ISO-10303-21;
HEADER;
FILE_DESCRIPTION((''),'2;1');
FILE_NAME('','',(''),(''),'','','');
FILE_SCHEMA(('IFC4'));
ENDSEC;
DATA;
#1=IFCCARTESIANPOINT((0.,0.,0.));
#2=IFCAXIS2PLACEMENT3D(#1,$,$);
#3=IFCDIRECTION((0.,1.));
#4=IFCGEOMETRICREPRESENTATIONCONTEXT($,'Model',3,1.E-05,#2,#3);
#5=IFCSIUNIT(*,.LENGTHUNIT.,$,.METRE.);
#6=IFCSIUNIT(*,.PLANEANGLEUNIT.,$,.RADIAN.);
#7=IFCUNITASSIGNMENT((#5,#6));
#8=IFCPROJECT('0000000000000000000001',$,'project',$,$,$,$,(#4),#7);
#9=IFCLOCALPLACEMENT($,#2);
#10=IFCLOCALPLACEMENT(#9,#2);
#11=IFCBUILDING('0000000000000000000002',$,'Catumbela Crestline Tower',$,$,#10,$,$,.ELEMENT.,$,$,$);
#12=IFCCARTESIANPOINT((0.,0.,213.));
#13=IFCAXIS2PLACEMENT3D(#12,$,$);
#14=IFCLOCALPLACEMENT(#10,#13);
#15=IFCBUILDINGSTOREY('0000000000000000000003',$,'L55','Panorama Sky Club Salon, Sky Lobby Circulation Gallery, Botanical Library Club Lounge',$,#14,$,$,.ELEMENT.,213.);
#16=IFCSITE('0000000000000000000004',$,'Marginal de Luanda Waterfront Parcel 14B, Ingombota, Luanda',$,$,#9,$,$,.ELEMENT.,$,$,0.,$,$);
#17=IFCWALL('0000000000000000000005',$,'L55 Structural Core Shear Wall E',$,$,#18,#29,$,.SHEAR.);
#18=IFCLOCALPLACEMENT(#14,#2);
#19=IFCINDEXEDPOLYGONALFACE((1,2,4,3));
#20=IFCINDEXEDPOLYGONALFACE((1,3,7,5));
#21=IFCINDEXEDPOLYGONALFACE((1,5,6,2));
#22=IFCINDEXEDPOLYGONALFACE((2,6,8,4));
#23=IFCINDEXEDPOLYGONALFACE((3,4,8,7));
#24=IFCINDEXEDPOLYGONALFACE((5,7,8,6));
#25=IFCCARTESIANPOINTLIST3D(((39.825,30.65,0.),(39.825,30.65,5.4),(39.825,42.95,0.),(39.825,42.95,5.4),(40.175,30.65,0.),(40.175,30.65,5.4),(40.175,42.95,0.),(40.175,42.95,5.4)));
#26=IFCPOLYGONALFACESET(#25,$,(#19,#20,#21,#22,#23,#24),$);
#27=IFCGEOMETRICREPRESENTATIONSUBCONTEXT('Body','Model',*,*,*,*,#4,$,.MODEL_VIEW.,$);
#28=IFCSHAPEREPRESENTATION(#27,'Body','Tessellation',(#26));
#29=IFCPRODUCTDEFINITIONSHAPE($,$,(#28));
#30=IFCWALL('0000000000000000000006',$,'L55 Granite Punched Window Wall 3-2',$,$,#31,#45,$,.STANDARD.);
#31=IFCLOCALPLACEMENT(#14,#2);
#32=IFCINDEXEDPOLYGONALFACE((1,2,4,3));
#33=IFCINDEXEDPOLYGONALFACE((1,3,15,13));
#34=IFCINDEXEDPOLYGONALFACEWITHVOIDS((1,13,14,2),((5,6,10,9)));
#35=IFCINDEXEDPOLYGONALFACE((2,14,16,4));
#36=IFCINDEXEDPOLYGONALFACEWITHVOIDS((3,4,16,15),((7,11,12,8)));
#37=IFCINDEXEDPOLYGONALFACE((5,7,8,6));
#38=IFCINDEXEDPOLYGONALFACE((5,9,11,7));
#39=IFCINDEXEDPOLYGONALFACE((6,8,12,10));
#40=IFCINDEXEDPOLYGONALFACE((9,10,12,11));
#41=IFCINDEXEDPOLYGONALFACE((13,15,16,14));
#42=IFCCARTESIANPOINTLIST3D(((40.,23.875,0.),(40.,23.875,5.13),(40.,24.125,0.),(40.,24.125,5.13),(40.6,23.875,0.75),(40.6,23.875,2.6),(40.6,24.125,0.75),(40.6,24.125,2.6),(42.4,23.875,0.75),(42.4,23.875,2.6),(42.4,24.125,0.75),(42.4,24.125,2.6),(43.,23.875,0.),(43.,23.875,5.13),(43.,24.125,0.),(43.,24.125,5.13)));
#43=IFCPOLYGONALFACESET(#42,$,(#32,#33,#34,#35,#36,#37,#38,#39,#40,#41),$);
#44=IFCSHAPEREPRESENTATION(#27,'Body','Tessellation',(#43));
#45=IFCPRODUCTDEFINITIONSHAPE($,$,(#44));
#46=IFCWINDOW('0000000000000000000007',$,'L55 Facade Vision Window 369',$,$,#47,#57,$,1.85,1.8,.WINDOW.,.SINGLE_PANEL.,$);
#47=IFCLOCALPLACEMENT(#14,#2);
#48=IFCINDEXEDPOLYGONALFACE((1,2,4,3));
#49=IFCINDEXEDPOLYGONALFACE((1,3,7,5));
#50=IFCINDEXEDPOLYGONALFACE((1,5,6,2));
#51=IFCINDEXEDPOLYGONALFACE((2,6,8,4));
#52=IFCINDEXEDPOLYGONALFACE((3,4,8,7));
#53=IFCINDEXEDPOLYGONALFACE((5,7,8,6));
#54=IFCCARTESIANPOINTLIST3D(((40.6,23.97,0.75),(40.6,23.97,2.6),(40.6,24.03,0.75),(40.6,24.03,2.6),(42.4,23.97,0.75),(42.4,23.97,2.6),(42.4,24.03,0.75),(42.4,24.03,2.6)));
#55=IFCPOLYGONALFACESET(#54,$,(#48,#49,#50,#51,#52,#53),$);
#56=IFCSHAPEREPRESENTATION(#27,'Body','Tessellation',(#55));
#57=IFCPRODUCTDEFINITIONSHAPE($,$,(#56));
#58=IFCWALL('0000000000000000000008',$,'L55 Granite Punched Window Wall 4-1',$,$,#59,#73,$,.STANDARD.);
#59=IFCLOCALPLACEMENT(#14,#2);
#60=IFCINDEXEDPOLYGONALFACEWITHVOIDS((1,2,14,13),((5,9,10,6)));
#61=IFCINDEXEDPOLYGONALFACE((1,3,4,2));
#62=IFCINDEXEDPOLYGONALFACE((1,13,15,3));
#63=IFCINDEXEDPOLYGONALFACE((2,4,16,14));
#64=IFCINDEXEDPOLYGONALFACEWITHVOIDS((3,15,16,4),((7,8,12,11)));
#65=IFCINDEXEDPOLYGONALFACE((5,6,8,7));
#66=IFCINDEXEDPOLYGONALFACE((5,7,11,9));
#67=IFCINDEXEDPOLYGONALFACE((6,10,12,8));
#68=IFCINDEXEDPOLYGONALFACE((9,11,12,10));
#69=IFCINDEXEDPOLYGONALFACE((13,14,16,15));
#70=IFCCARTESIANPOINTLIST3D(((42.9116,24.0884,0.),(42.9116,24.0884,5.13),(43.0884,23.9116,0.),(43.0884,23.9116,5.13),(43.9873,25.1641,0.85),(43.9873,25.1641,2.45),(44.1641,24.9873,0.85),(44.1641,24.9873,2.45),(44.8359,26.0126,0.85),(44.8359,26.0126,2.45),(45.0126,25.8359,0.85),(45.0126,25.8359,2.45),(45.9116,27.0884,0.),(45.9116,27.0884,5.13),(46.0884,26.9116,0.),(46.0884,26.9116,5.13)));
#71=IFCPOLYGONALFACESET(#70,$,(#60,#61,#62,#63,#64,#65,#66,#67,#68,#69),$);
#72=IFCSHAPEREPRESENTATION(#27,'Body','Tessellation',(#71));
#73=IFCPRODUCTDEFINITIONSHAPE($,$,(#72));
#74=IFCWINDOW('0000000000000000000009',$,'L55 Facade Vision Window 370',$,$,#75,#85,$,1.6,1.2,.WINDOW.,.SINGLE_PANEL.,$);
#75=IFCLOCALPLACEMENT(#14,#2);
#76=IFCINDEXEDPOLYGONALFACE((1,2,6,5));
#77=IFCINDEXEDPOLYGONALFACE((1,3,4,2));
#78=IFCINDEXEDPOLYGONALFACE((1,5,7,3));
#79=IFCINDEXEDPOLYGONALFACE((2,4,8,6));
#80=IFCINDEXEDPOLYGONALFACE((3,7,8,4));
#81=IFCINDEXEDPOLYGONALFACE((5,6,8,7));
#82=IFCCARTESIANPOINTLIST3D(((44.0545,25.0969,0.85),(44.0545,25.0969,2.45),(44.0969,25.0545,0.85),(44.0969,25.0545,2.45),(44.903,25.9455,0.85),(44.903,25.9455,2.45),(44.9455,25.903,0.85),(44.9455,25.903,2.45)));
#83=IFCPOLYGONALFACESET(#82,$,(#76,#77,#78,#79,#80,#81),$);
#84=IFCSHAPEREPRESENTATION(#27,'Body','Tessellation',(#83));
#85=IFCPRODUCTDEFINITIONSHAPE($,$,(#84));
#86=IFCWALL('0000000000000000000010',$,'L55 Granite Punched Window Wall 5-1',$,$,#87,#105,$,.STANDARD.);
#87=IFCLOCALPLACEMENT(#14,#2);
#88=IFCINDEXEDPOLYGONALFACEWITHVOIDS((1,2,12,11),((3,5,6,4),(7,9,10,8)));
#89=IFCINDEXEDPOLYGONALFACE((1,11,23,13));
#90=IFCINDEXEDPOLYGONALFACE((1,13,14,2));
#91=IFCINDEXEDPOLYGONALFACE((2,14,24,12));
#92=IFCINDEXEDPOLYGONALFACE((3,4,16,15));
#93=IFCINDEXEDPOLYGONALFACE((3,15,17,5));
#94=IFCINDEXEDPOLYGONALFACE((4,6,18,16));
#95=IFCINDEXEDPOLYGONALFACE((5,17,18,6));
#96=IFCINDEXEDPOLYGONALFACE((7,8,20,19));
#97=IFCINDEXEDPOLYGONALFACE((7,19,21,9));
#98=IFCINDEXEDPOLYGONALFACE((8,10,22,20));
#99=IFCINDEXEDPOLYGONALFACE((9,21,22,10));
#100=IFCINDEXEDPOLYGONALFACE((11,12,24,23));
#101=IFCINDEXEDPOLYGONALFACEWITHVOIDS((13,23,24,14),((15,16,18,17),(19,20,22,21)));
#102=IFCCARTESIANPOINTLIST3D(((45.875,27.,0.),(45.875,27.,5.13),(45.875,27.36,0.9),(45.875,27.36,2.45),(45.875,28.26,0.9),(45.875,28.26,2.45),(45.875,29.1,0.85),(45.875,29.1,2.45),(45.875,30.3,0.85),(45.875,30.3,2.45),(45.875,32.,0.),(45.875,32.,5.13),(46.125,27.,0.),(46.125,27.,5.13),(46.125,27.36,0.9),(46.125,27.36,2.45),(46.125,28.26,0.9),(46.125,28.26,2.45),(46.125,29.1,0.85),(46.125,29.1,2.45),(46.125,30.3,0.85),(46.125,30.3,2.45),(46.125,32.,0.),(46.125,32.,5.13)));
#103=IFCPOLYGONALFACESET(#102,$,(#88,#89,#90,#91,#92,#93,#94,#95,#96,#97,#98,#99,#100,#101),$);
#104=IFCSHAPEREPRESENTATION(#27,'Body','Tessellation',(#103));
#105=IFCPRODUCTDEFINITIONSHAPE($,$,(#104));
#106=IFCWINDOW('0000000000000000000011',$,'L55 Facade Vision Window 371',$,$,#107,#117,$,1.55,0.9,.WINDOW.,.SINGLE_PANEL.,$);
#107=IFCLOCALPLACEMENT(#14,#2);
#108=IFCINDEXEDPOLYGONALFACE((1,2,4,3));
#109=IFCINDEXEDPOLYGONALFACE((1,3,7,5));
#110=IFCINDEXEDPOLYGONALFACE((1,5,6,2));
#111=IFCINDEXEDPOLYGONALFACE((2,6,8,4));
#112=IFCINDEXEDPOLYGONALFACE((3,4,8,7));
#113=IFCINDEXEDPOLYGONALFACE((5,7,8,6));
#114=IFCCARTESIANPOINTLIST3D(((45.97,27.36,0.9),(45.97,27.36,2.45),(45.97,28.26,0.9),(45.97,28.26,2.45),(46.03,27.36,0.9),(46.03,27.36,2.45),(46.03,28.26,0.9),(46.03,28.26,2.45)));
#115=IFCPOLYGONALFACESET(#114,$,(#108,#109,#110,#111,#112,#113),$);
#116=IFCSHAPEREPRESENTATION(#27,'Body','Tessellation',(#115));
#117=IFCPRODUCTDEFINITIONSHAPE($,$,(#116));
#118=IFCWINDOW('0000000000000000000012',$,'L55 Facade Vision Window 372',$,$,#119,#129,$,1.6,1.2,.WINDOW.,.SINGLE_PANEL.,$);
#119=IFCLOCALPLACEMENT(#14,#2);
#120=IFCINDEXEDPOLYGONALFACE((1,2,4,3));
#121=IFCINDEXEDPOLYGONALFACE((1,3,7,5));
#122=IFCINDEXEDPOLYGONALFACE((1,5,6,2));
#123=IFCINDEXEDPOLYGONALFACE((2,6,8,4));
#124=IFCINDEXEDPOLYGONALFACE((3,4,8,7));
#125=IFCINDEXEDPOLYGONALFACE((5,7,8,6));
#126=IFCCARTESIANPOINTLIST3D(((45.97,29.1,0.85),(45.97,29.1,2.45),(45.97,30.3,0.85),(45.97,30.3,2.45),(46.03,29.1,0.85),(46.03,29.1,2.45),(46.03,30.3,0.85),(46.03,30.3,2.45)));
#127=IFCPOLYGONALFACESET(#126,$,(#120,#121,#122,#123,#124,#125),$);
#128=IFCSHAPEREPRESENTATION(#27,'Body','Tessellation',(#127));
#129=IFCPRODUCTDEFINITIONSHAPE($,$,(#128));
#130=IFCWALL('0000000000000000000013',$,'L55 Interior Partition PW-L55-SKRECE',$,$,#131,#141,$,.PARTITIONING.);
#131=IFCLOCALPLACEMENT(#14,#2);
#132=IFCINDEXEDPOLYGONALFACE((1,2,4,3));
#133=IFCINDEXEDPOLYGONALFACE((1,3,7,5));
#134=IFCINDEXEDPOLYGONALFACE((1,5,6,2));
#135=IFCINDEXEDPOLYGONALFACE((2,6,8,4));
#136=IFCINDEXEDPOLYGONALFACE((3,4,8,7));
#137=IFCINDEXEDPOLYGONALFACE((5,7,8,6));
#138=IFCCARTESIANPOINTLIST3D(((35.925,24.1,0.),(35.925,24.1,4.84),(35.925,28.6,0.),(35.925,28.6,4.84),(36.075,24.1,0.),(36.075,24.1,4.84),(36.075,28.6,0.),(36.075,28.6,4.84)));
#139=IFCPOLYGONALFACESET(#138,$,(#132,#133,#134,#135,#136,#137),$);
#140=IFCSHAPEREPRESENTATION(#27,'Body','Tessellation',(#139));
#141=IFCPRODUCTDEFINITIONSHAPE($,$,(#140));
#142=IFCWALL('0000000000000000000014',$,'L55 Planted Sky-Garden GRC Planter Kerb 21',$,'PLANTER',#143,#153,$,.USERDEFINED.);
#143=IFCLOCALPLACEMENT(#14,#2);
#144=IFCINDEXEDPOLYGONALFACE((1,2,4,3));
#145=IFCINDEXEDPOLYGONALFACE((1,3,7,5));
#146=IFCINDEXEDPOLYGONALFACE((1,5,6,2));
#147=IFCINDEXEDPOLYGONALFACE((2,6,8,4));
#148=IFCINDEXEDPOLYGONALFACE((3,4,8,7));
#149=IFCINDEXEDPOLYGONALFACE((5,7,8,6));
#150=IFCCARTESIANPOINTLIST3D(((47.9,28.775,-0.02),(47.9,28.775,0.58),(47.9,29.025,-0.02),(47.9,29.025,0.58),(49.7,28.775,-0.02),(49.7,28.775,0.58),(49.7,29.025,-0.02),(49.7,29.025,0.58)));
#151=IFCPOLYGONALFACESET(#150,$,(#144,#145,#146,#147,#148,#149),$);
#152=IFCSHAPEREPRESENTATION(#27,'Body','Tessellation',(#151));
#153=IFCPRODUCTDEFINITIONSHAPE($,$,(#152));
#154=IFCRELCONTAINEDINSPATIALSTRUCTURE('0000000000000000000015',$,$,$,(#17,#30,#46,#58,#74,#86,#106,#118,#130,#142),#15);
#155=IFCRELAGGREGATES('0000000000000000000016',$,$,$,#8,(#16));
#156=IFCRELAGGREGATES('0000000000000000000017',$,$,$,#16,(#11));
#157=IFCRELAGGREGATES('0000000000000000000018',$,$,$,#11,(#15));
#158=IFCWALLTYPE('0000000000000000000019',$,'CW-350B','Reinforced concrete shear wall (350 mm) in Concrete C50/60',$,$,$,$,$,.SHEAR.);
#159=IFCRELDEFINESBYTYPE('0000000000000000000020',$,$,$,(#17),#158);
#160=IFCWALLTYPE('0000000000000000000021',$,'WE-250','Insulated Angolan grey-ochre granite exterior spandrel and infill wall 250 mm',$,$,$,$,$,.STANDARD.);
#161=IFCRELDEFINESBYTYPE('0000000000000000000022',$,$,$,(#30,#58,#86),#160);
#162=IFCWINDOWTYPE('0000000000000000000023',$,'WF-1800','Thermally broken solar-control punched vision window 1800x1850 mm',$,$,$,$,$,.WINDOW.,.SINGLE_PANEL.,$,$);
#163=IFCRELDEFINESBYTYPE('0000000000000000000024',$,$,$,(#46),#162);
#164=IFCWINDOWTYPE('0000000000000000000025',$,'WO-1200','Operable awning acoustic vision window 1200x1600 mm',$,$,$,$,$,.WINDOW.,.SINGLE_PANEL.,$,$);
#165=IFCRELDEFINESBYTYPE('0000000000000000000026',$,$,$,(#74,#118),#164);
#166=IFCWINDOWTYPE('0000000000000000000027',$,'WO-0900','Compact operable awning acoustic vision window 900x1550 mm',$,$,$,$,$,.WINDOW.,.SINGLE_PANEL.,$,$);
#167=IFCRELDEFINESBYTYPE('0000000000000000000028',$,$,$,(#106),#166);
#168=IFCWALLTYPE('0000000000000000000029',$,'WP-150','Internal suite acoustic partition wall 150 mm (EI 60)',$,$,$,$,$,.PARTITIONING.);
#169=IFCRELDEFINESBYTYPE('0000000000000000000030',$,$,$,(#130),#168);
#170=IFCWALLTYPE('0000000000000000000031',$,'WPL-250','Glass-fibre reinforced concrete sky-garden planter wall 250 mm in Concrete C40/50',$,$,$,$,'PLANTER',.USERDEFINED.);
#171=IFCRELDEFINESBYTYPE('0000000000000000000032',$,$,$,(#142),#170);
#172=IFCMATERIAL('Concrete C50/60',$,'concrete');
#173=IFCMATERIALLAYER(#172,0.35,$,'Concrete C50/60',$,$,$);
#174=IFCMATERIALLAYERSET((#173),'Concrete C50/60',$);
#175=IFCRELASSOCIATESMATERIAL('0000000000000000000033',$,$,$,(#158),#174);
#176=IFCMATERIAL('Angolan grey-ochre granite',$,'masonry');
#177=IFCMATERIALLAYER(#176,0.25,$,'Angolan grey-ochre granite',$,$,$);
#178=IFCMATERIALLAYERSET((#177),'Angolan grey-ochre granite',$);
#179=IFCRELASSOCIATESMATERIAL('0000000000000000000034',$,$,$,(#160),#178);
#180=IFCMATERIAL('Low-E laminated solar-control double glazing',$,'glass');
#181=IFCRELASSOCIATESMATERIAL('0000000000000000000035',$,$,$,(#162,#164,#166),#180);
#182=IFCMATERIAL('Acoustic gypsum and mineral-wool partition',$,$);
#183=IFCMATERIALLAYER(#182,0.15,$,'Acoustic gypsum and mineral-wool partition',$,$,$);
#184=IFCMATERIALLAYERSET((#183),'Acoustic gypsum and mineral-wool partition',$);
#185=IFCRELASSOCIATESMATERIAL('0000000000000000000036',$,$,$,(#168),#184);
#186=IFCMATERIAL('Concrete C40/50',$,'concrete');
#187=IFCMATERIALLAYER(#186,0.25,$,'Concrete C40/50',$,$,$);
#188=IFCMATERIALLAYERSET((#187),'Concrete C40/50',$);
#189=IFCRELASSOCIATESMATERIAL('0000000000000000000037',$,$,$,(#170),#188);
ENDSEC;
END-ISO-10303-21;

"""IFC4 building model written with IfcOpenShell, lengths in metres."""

from ifc_helpers import new_model, si_unit, direction, frame, frame_2d, origin, place, context, subcontext, project, spatial, rectangle, extrude, material, layer, layer_set, type_object, element, fill, save


model = new_model("IFC4")

# Units and contexts
model_context = context("Model", 3, precision=1e-05, world=origin(), true_north=direction((0.0, 1.0)))
body_context = subcontext(model_context, "Body", "Model", "MODEL_VIEW")
ifc_project = project(units=[si_unit("LENGTHUNIT", "METRE"), si_unit("PLANEANGLEUNIT", "RADIAN")], contexts=[model_context])

# Site, building, storey
site_placement = place(None, origin())
site = spatial("IfcSite", under=ifc_project, at=site_placement, Name="Marginal de Luanda Waterfront Parcel 14B, Ingombota, Luanda", CompositionType="ELEMENT", RefElevation=0.0)
building_placement = place(site_placement, origin())
building = spatial("IfcBuilding", under=site, at=building_placement, Name="Catumbela Crestline Tower", CompositionType="ELEMENT")
storey_placement = place(building_placement, frame((0.0, 0.0, 213.0)))
storey = spatial("IfcBuildingStorey", under=building, at=storey_placement, Name="L55", Description="Panorama Sky Club Salon, Sky Lobby Circulation Gallery, Botanical Library Club Lounge", CompositionType="ELEMENT", Elevation=213.0)

# Shared definitions
ifc_material_1 = material(Name="Concrete C50/60", Category="concrete")

# Shared definitions
ifc_material_2 = material(Name="Low-E laminated solar-control double glazing", Category="glass")

# Wall
ifc_layer_1 = layer(ifc_material_1, 0.35, Name="Concrete C50/60")
ifc_layer_set_1 = layer_set([ifc_layer_1], Name="Concrete C50/60")
wall_type_1 = type_object("IfcWallType", Name="CW-350B", Description="Reinforced concrete shear wall (350 mm) in Concrete C50/60", PredefinedType="SHEAR", material=ifc_layer_set_1)
wall_1_placement = place(storey_placement, frame((40.0, 30.65, 0.0), z_axis=(0.0, 0.0, 1.0), x_axis=(0.0, 1.0, 0.0)))
element("IfcWall", 1, at=wall_1_placement, inside=storey, type_object=wall_type_1, Name="L55 Structural Core Shear Wall E", PredefinedType="SHEAR", context=body_context, shape_type="SweptSolid", body=[
    extrude(rectangle(XDim=12.3, YDim=0.35, at=frame_2d((6.15, 0.0))), origin(), (0.0, 0.0, 1.0), 5.4),
])

# Walls, openings, windows
ifc_material_3 = material(Name="Angolan grey-ochre granite", Category="masonry")
ifc_layer_2 = layer(ifc_material_3, 0.25, Name="Angolan grey-ochre granite")
ifc_layer_set_2 = layer_set([ifc_layer_2], Name="Angolan grey-ochre granite")
wall_type_2 = type_object("IfcWallType", Name="WE-250", Description="Insulated Angolan grey-ochre granite exterior spandrel and infill wall 250 mm", PredefinedType="STANDARD", material=ifc_layer_set_2)
wall_2_placement = place(storey_placement, frame((40.0, 24.0, 0.0), z_axis=(0.0, 0.0, 1.0), x_axis=(1.0, 0.0, 0.0)))
wall_2 = element("IfcWall", 2, at=wall_2_placement, inside=storey, type_object=wall_type_2, Name="L55 Granite Punched Window Wall 3-2", PredefinedType="STANDARD", context=body_context, shape_type="SweptSolid", body=[
    extrude(rectangle(XDim=3.0, YDim=0.25, at=frame_2d((1.5, 0.0))), origin(), (0.0, 0.0, 1.0), 5.13),
])
opening_1_placement = place(wall_2_placement, frame((0.6, 0.0, 0.75)))
opening_1 = element("IfcOpeningElement", 3, at=opening_1_placement, cuts=wall_2, PredefinedType="OPENING", context=body_context, shape_type="SweptSolid", body=[
    extrude(rectangle(XDim=1.8, YDim=1.85, at=frame_2d((0.9, 0.925))), frame((0.0, 0.135, 0.0), z_axis=(0.0, -1.0, 0.0), x_axis=(1.0, 0.0, 0.0)), (0.0, 0.0, 1.0), 0.27),
])
window_type_1 = type_object("IfcWindowType", Name="WF-1800", Description="Thermally broken solar-control punched vision window 1800x1850 mm", PartitioningType="SINGLE_PANEL", PredefinedType="WINDOW", material=ifc_material_2)
window_1_placement = place(opening_1_placement, origin())
window_1 = element("IfcWindow", 4, at=window_1_placement, inside=storey, type_object=window_type_1, Name="L55 Facade Vision Window 369", OverallHeight=1.85, OverallWidth=1.8, PartitioningType="SINGLE_PANEL", PredefinedType="WINDOW", context=body_context, shape_type="SweptSolid", body=[
    extrude(rectangle(XDim=1.8, YDim=1.85, at=frame_2d((0.9, 0.925))), frame((0.0, 0.03, 0.0), z_axis=(0.0, -1.0, 0.0), x_axis=(1.0, 0.0, 0.0)), (0.0, 0.0, 1.0), 0.06),
])
fill(opening_1, window_1)
wall_3_placement = place(storey_placement, frame((43.0, 24.0, 0.0), z_axis=(0.0, 0.0, 1.0), x_axis=(0.707107, 0.707107, 0.0)))
wall_3 = element("IfcWall", 5, at=wall_3_placement, inside=storey, type_object=wall_type_2, Name="L55 Granite Punched Window Wall 4-1", PredefinedType="STANDARD", context=body_context, shape_type="SweptSolid", body=[
    extrude(rectangle(XDim=4.2426, YDim=0.25, at=frame_2d((2.1213, 0.0))), origin(), (0.0, 0.0, 1.0), 5.13),
])
opening_2_placement = place(wall_3_placement, frame((1.5213, 0.0, 0.85)))
opening_2 = element("IfcOpeningElement", 6, at=opening_2_placement, cuts=wall_3, PredefinedType="OPENING", context=body_context, shape_type="SweptSolid", body=[
    extrude(rectangle(XDim=1.2, YDim=1.6, at=frame_2d((0.6, 0.8))), frame((0.0, 0.135, 0.0), z_axis=(0.0, -1.0, 0.0), x_axis=(1.0, 0.0, 0.0)), (0.0, 0.0, 1.0), 0.27),
])
window_type_2 = type_object("IfcWindowType", Name="WO-1200", Description="Operable awning acoustic vision window 1200x1600 mm", PartitioningType="SINGLE_PANEL", PredefinedType="WINDOW", material=ifc_material_2)
window_2_placement = place(opening_2_placement, origin())
window_2 = element("IfcWindow", 7, at=window_2_placement, inside=storey, type_object=window_type_2, Name="L55 Facade Vision Window 370", OverallHeight=1.6, OverallWidth=1.2, PartitioningType="SINGLE_PANEL", PredefinedType="WINDOW", context=body_context, shape_type="SweptSolid", body=[
    extrude(rectangle(XDim=1.2, YDim=1.6, at=frame_2d((0.6, 0.8))), frame((0.0, 0.03, 0.0), z_axis=(0.0, -1.0, 0.0), x_axis=(1.0, 0.0, 0.0)), (0.0, 0.0, 1.0), 0.06),
])
fill(opening_2, window_2)

# Wall, openings, windows
wall_4_placement = place(storey_placement, frame((46.0, 27.0, 0.0), z_axis=(0.0, 0.0, 1.0), x_axis=(0.0, 1.0, 0.0)))
wall_4 = element("IfcWall", 8, at=wall_4_placement, inside=storey, type_object=wall_type_2, Name="L55 Granite Punched Window Wall 5-1", PredefinedType="STANDARD", context=body_context, shape_type="SweptSolid", body=[
    extrude(rectangle(XDim=5.0, YDim=0.25, at=frame_2d((2.5, 0.0))), origin(), (0.0, 0.0, 1.0), 5.13),
])
opening_3_placement = place(wall_4_placement, frame((0.36, 0.0, 0.9)))
opening_3 = element("IfcOpeningElement", 9, at=opening_3_placement, cuts=wall_4, PredefinedType="OPENING", context=body_context, shape_type="SweptSolid", body=[
    extrude(rectangle(XDim=0.9, YDim=1.55, at=frame_2d((0.45, 0.775))), frame((0.0, 0.135, 0.0), z_axis=(0.0, -1.0, 0.0), x_axis=(1.0, 0.0, 0.0)), (0.0, 0.0, 1.0), 0.27),
])
opening_4_placement = place(wall_4_placement, frame((2.1, 0.0, 0.85)))
opening_4 = element("IfcOpeningElement", 10, at=opening_4_placement, cuts=wall_4, PredefinedType="OPENING", context=body_context, shape_type="SweptSolid", body=[
    extrude(rectangle(XDim=1.2, YDim=1.6, at=frame_2d((0.6, 0.8))), frame((0.0, 0.135, 0.0), z_axis=(0.0, -1.0, 0.0), x_axis=(1.0, 0.0, 0.0)), (0.0, 0.0, 1.0), 0.27),
])
window_type_3 = type_object("IfcWindowType", Name="WO-0900", Description="Compact operable awning acoustic vision window 900x1550 mm", PartitioningType="SINGLE_PANEL", PredefinedType="WINDOW", material=ifc_material_2)
window_3_placement = place(opening_3_placement, origin())
window_3 = element("IfcWindow", 11, at=window_3_placement, inside=storey, type_object=window_type_3, Name="L55 Facade Vision Window 371", OverallHeight=1.55, OverallWidth=0.9, PartitioningType="SINGLE_PANEL", PredefinedType="WINDOW", context=body_context, shape_type="SweptSolid", body=[
    extrude(rectangle(XDim=0.9, YDim=1.55, at=frame_2d((0.45, 0.775))), frame((0.0, 0.03, 0.0), z_axis=(0.0, -1.0, 0.0), x_axis=(1.0, 0.0, 0.0)), (0.0, 0.0, 1.0), 0.06),
])
fill(opening_3, window_3)
window_4_placement = place(opening_4_placement, origin())
window_4 = element("IfcWindow", 12, at=window_4_placement, inside=storey, type_object=window_type_2, Name="L55 Facade Vision Window 372", OverallHeight=1.6, OverallWidth=1.2, PartitioningType="SINGLE_PANEL", PredefinedType="WINDOW", context=body_context, shape_type="SweptSolid", body=[
    extrude(rectangle(XDim=1.2, YDim=1.6, at=frame_2d((0.6, 0.8))), frame((0.0, 0.03, 0.0), z_axis=(0.0, -1.0, 0.0), x_axis=(1.0, 0.0, 0.0)), (0.0, 0.0, 1.0), 0.06),
])
fill(opening_4, window_4)

# Walls
ifc_material_4 = material(Name="Acoustic gypsum and mineral-wool partition")
ifc_layer_3 = layer(ifc_material_4, 0.15, Name="Acoustic gypsum and mineral-wool partition")
ifc_layer_set_3 = layer_set([ifc_layer_3], Name="Acoustic gypsum and mineral-wool partition")
wall_type_3 = type_object("IfcWallType", Name="WP-150", Description="Internal suite acoustic partition wall 150 mm (EI 60)", PredefinedType="PARTITIONING", material=ifc_layer_set_3)
wall_5_placement = place(storey_placement, frame((36.0, 24.1, 0.0), z_axis=(0.0, 0.0, 1.0), x_axis=(0.0, 1.0, 0.0)))
element("IfcWall", 13, at=wall_5_placement, inside=storey, type_object=wall_type_3, Name="L55 Interior Partition PW-L55-SKRECE", PredefinedType="PARTITIONING", context=body_context, shape_type="SweptSolid", body=[
    extrude(rectangle(XDim=4.5, YDim=0.15, at=frame_2d((2.25, 0.0))), origin(), (0.0, 0.0, 1.0), 4.84),
])
ifc_material_5 = material(Name="Concrete C40/50", Category="concrete")
ifc_layer_4 = layer(ifc_material_5, 0.25, Name="Concrete C40/50")
ifc_layer_set_4 = layer_set([ifc_layer_4], Name="Concrete C40/50")
wall_type_4 = type_object("IfcWallType", Name="WPL-250", Description="Glass-fibre reinforced concrete sky-garden planter wall 250 mm in Concrete C40/50", ElementType="PLANTER", PredefinedType="USERDEFINED", material=ifc_layer_set_4)
wall_6_placement = place(storey_placement, frame((47.9, 28.9, -0.02), z_axis=(0.0, 0.0, 1.0), x_axis=(1.0, 0.0, 0.0)))
element("IfcWall", 14, at=wall_6_placement, inside=storey, type_object=wall_type_4, Name="L55 Planted Sky-Garden GRC Planter Kerb 21", ObjectType="PLANTER", PredefinedType="USERDEFINED", context=body_context, shape_type="SweptSolid", body=[
    extrude(rectangle(XDim=1.8, YDim=0.25, at=frame_2d((0.9, 0.0))), origin(), (0.0, 0.0, 1.0), 0.6),
])

save(model, "model.ifc")
